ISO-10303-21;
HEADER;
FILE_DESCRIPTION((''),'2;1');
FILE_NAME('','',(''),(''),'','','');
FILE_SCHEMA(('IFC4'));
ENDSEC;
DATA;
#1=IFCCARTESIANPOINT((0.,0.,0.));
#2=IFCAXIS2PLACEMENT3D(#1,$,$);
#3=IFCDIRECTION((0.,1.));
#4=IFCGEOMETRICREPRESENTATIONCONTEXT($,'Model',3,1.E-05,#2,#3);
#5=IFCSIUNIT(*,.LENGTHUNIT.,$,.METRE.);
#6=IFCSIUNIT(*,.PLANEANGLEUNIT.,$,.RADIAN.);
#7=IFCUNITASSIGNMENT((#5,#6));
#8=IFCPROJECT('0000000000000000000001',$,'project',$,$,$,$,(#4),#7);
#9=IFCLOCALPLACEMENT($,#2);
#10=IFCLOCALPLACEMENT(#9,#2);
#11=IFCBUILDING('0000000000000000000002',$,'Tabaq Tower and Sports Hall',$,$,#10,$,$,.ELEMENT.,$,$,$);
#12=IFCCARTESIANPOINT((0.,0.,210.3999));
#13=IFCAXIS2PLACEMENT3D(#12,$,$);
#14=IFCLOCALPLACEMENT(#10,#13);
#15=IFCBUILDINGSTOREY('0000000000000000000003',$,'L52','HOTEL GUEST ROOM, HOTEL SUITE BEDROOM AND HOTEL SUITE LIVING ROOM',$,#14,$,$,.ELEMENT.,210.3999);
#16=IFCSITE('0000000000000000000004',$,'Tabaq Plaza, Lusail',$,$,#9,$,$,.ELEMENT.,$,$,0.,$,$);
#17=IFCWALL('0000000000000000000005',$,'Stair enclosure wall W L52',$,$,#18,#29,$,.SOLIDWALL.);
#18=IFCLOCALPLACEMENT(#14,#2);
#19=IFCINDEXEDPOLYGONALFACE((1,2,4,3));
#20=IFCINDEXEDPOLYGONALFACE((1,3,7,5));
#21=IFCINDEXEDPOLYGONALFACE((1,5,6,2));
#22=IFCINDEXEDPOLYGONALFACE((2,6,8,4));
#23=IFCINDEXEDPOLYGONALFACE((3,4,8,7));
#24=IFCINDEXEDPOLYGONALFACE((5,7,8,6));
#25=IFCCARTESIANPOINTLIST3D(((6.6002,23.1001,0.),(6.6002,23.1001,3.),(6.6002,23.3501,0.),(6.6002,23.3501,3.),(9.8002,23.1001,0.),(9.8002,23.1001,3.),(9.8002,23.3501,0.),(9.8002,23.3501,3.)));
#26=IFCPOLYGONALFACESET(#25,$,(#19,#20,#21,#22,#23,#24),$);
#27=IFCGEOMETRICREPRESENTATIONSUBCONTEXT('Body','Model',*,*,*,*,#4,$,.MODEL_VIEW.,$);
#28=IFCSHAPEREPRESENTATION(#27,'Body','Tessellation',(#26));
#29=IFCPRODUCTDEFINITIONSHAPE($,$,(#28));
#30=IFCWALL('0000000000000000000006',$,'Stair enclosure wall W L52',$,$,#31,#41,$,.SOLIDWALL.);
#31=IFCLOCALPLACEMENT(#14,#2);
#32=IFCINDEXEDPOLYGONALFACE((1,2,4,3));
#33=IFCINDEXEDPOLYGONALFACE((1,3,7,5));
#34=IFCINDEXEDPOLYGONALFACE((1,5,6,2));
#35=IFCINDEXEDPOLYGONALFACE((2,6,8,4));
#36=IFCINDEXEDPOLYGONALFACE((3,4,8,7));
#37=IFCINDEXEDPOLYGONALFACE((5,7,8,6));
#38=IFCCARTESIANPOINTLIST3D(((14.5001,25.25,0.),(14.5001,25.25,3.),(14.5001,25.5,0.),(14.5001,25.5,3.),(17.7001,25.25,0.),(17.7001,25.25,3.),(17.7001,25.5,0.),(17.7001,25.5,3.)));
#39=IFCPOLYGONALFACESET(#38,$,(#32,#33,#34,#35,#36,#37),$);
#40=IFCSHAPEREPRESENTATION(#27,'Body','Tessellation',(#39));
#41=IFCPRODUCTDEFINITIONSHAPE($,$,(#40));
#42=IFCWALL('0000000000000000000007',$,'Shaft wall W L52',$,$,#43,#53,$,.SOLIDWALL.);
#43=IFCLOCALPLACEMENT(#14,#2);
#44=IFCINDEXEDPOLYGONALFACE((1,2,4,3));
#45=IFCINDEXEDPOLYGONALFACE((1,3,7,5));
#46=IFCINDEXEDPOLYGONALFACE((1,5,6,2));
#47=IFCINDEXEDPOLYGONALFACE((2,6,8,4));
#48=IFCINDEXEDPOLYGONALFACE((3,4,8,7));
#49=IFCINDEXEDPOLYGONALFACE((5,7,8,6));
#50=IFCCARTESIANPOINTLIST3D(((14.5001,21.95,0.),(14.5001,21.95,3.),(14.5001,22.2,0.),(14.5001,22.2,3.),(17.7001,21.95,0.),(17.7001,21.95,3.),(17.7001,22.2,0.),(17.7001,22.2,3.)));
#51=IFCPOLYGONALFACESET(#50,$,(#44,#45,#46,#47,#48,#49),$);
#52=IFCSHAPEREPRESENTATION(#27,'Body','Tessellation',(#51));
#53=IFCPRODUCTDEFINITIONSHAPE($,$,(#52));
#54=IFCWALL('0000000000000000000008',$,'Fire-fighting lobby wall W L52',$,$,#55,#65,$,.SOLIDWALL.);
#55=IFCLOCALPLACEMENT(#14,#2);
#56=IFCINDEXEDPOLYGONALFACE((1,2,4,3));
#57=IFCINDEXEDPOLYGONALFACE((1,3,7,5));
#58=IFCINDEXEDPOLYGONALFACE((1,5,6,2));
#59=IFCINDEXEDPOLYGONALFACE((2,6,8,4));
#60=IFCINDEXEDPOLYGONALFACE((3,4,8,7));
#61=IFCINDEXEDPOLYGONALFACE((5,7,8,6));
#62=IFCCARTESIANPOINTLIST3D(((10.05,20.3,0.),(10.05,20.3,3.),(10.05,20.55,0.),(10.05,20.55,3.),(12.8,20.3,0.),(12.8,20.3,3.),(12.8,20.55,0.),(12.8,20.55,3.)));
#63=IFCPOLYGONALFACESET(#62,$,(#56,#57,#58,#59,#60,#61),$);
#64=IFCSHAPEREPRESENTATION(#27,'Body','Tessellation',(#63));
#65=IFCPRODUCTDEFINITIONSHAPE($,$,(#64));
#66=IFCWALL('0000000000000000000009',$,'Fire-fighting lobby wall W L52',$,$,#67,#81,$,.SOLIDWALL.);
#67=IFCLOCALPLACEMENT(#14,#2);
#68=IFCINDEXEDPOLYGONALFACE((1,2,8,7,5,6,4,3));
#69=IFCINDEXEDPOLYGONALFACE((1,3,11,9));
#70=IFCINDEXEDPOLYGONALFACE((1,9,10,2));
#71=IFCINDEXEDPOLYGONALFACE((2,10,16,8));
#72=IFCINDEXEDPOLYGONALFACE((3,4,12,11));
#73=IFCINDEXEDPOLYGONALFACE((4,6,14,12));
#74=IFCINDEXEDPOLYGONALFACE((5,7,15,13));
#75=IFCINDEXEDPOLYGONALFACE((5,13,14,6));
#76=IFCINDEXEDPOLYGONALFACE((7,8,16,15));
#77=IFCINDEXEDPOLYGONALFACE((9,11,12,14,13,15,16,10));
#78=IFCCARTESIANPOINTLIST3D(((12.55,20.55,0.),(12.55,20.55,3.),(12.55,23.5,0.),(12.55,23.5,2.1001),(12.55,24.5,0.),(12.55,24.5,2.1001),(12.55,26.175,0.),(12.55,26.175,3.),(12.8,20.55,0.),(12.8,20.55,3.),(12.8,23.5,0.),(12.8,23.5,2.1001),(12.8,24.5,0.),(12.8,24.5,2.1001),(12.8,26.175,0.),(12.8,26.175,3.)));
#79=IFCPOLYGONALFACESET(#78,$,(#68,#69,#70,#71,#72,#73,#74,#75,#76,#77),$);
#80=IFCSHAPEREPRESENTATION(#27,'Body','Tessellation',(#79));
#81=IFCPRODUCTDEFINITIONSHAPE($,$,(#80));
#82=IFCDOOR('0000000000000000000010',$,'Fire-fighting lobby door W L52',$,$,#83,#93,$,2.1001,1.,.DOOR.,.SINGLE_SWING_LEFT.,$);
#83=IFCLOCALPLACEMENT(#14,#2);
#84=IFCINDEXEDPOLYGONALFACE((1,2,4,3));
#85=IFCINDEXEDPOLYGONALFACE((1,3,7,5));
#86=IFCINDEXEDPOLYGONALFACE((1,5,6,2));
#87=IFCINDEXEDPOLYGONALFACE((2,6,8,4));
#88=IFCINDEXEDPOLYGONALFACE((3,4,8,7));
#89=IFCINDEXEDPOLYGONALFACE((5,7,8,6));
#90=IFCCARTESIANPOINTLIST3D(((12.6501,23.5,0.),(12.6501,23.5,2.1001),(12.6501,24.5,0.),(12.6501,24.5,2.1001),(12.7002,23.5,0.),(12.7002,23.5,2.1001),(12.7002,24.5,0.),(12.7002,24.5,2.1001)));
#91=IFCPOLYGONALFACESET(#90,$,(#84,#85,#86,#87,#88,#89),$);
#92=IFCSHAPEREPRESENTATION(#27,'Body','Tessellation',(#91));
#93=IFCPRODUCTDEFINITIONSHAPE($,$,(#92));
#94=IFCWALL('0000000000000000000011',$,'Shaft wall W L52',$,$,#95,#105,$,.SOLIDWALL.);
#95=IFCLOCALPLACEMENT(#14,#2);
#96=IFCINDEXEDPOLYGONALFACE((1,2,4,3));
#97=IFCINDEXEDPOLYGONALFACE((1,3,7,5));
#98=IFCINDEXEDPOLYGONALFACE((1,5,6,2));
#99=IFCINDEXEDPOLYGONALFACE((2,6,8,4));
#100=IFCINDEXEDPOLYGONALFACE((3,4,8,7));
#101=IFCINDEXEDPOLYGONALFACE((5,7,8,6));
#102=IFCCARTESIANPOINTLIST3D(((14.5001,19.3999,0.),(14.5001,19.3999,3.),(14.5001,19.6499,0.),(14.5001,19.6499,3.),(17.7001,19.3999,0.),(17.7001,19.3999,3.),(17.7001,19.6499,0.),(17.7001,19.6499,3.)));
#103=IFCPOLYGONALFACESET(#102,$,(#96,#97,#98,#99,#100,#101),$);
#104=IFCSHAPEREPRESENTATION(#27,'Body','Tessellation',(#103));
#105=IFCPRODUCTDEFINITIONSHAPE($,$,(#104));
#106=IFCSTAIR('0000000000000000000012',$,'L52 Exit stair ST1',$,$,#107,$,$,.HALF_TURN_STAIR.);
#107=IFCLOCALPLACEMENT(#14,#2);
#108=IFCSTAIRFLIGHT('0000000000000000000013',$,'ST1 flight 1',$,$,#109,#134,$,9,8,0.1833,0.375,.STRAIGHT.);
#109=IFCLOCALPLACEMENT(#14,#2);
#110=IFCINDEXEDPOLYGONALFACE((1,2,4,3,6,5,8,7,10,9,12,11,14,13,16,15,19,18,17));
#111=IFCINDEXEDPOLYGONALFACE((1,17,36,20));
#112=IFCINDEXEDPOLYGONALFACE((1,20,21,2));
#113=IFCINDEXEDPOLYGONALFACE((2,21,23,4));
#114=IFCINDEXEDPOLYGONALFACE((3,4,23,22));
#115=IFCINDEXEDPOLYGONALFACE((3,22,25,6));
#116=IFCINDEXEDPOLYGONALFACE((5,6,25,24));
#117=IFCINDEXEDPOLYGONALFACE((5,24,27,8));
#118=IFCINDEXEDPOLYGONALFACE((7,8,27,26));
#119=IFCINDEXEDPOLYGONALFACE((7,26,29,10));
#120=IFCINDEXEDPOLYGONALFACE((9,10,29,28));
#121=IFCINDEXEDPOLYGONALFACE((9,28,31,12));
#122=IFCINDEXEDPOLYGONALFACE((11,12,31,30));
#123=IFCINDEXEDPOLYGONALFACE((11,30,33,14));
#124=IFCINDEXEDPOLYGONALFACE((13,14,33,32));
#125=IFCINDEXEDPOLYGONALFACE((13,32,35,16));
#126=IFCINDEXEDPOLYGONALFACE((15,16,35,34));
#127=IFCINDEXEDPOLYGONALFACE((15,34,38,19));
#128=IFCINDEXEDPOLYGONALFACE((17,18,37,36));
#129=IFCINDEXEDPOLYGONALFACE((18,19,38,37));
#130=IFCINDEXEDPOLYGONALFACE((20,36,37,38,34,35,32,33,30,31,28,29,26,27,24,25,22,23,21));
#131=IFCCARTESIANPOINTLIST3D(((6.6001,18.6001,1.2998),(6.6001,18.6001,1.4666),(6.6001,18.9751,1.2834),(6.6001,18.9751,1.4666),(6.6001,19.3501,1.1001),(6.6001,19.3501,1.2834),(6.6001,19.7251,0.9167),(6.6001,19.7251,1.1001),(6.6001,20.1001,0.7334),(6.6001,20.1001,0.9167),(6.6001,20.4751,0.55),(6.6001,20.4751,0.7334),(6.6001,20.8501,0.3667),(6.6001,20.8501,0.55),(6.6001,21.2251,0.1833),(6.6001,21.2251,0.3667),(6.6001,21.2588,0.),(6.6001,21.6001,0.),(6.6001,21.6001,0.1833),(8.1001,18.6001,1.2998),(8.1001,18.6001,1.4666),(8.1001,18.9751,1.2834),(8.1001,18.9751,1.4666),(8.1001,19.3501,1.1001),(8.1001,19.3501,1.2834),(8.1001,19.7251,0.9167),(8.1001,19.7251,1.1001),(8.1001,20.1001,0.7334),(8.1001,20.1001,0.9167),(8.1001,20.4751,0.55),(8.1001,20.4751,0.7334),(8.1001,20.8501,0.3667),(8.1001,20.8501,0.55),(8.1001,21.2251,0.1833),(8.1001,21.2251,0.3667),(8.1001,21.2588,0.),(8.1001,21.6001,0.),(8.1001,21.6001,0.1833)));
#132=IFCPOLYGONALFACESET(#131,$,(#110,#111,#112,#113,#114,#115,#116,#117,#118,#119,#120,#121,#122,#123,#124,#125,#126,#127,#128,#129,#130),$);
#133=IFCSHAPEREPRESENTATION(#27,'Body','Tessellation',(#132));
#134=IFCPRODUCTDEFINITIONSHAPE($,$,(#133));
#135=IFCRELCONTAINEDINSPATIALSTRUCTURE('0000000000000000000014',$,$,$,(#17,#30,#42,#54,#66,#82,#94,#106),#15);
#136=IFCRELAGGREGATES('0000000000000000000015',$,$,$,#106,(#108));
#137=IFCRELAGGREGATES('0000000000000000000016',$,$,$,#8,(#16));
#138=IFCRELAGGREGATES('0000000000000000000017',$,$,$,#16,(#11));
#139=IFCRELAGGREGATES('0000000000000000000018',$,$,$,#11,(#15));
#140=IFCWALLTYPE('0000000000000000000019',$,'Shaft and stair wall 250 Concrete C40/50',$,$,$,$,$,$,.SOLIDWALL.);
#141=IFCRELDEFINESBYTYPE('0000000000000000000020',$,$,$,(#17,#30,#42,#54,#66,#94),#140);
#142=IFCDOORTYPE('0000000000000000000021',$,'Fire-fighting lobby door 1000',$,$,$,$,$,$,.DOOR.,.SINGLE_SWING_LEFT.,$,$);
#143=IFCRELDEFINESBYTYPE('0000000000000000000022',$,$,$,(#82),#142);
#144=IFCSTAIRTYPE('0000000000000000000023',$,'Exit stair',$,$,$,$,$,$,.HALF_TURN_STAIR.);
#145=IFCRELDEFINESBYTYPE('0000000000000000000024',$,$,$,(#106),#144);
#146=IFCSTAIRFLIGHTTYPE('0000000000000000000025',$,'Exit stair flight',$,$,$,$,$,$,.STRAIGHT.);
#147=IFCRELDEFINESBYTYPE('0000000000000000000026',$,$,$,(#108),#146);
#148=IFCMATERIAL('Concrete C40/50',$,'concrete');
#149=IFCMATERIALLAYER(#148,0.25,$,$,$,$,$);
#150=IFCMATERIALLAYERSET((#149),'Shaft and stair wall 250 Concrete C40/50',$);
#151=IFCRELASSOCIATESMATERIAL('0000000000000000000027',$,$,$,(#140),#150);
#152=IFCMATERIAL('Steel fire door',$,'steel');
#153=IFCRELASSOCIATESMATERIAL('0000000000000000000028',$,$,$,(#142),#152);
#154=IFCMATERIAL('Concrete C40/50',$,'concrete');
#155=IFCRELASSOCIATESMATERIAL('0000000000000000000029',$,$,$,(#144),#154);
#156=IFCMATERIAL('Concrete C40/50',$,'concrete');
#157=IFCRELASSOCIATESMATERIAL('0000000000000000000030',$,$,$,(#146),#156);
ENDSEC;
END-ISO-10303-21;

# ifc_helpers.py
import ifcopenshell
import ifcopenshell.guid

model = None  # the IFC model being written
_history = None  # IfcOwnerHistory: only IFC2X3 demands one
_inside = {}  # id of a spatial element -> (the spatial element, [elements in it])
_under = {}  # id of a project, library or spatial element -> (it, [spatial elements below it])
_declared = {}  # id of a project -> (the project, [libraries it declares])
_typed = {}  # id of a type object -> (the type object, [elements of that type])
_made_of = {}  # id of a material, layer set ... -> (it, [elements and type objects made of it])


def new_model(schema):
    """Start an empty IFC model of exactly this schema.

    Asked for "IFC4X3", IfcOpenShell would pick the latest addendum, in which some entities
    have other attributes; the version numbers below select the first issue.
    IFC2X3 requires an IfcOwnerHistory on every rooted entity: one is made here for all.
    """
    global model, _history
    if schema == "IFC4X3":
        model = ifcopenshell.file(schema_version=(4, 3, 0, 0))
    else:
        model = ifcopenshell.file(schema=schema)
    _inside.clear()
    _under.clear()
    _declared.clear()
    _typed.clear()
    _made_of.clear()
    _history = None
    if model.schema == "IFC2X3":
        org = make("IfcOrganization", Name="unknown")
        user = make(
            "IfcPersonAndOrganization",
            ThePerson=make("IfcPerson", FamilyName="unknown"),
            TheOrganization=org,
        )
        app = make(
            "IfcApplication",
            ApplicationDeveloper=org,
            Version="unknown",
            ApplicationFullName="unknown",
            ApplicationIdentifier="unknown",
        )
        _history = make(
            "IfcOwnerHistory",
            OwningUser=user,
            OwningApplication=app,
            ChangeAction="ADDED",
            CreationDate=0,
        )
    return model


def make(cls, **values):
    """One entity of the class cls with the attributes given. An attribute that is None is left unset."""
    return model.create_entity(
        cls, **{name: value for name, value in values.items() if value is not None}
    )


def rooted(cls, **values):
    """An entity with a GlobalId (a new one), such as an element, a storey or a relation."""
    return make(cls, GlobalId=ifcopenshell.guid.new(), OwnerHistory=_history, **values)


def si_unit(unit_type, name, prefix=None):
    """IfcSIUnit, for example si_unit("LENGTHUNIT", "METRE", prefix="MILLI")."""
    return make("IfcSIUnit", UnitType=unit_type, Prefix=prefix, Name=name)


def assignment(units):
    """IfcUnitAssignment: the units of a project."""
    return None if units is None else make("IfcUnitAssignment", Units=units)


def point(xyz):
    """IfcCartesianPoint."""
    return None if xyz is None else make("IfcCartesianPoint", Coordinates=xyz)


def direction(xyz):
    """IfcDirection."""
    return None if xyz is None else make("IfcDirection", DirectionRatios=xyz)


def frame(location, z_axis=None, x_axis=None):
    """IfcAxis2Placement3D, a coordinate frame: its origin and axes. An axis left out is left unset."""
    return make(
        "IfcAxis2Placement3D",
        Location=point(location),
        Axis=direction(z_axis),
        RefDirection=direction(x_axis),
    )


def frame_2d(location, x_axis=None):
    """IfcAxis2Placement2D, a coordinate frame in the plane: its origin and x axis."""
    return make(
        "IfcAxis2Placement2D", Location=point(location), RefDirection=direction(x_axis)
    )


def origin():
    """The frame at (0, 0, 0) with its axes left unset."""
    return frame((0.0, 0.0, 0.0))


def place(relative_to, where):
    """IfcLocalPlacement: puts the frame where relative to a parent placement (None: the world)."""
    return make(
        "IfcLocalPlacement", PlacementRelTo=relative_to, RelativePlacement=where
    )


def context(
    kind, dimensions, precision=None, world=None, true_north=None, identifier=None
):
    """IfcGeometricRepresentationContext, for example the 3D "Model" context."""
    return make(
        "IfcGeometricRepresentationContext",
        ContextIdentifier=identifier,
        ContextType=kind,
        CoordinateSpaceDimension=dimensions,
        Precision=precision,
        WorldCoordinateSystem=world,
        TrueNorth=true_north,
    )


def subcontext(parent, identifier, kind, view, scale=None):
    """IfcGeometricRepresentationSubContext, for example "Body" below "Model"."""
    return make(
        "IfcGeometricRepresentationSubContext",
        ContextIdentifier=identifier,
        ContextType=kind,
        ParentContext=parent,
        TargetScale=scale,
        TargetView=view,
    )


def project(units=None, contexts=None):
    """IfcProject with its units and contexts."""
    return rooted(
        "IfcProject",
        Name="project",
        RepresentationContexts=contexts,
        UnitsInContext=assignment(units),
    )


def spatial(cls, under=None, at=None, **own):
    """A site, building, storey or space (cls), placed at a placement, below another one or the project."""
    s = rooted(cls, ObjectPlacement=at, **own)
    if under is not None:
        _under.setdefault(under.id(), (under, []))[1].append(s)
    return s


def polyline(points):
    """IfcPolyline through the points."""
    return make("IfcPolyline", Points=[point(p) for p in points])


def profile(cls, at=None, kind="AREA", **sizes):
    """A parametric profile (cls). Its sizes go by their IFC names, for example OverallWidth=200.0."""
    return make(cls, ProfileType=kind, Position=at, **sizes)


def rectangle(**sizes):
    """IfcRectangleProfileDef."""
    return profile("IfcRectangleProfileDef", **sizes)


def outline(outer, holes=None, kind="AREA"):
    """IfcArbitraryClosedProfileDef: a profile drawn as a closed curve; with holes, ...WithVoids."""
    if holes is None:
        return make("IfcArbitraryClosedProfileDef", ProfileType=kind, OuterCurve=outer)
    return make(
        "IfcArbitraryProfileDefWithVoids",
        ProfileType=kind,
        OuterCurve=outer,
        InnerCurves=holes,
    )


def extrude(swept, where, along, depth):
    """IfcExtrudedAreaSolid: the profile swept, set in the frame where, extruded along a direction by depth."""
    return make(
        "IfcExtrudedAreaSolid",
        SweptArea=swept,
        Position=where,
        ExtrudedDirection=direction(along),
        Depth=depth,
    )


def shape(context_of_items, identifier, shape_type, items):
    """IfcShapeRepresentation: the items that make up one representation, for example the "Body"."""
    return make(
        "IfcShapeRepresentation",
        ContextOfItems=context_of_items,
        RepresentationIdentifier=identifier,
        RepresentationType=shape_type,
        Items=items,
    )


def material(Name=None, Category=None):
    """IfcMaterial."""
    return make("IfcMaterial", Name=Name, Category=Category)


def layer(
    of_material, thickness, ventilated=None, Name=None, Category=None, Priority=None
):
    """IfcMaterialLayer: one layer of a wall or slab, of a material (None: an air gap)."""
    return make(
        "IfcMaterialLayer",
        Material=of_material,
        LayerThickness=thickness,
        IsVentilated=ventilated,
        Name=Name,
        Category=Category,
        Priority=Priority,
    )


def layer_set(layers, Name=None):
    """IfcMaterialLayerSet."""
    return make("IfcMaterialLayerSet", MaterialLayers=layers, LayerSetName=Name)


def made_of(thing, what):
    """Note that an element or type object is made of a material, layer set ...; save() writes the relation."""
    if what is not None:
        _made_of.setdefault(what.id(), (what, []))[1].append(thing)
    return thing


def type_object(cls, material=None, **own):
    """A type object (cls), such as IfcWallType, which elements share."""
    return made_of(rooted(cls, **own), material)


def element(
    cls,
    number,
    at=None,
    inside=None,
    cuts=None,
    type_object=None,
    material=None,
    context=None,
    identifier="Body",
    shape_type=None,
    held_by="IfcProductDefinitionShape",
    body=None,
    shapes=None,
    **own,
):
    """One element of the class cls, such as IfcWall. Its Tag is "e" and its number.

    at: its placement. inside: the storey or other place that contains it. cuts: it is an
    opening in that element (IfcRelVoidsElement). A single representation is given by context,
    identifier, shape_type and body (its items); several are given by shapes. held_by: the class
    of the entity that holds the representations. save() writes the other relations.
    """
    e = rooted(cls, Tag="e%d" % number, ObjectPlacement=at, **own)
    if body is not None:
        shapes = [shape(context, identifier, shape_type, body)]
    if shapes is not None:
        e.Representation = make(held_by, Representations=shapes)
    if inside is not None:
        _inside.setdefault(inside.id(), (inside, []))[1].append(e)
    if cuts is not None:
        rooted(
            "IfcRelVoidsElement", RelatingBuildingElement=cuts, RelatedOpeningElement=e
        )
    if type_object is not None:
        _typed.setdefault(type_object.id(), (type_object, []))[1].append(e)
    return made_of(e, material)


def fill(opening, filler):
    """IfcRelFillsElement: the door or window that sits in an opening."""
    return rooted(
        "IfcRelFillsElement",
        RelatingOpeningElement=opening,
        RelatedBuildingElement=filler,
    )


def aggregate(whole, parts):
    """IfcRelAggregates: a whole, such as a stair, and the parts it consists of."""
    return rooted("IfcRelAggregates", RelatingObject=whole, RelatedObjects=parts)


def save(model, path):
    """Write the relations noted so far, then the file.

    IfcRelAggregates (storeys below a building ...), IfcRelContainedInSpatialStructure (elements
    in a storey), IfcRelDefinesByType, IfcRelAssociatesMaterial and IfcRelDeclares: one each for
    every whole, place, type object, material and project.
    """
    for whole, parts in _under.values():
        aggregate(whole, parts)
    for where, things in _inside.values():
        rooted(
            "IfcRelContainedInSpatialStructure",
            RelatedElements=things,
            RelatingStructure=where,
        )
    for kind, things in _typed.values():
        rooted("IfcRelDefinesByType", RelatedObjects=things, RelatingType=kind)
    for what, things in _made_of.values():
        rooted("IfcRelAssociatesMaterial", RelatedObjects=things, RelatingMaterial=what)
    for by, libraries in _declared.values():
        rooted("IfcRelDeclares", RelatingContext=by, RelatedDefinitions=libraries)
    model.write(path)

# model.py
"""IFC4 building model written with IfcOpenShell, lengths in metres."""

from ifc_helpers import new_model, si_unit, direction, frame, frame_2d, origin, place, context, subcontext, project, spatial, polyline, rectangle, outline, extrude, material, layer, layer_set, type_object, element, fill, aggregate, save


model = new_model("IFC4")

# Units and contexts
model_context = context("Model", 3, precision=1e-05, world=origin(), true_north=direction((0.0, 1.0)))
body_context = subcontext(model_context, "Body", "Model", "MODEL_VIEW")
ifc_project = project(units=[si_unit("LENGTHUNIT", "METRE"), si_unit("PLANEANGLEUNIT", "RADIAN")], contexts=[model_context])

# Site, building, storey
site_placement = place(None, origin())
site = spatial("IfcSite", under=ifc_project, at=site_placement, Name="Tabaq Plaza, Lusail", CompositionType="ELEMENT", RefElevation=0.0)
building_placement = place(site_placement, origin())
building = spatial("IfcBuilding", under=site, at=building_placement, Name="Tabaq Tower and Sports Hall", CompositionType="ELEMENT")
storey_placement = place(building_placement, frame((0.0, 0.0, 210.3999)))
storey = spatial("IfcBuildingStorey", under=building, at=storey_placement, Name="L52", Description="HOTEL GUEST ROOM, HOTEL SUITE BEDROOM AND HOTEL SUITE LIVING ROOM", CompositionType="ELEMENT", Elevation=210.3999)

# Walls
ifc_material_1 = material(Name="Concrete C40/50", Category="concrete")
ifc_layer = layer(ifc_material_1, 0.25)
ifc_layer_set = layer_set([ifc_layer], Name="Shaft and stair wall 250 Concrete C40/50")
wall_type = type_object("IfcWallType", Name="Shaft and stair wall 250 Concrete C40/50", PredefinedType="SOLIDWALL", material=ifc_layer_set)
for number, where, z_axis, x_axis, name in (
    (1, (6.6001, 23.2251, 0.0), (0.0, 0.0, 1.0), (1.0, 0.0, 0.0), "Stair enclosure wall W L52"),
    (2, (14.5, 25.375, 0.0), (0.0, 0.0, 1.0), (1.0, 0.0, 0.0), "Stair enclosure wall W L52"),
    (3, (14.5, 22.075, 0.0), (0.0, 0.0, 1.0), (1.0, 0.0, 0.0), "Shaft wall W L52"),
):
    element("IfcWall", number, at=place(storey_placement, frame(where, z_axis=z_axis, x_axis=x_axis)), inside=storey, type_object=wall_type, Name=name, PredefinedType="SOLIDWALL", context=body_context, shape_type="SweptSolid", body=[
        extrude(rectangle(XDim=3.2, YDim=0.25, at=frame_2d((1.6001, 0.0))), origin(), (0.0, 0.0, 1.0), 3.0),
    ])
wall_1_placement = place(storey_placement, frame((10.05, 20.425, 0.0), z_axis=(0.0, 0.0, 1.0), x_axis=(1.0, 0.0, 0.0)))
element("IfcWall", 4, at=wall_1_placement, inside=storey, type_object=wall_type, Name="Fire-fighting lobby wall W L52", PredefinedType="SOLIDWALL", context=body_context, shape_type="SweptSolid", body=[
    extrude(rectangle(XDim=2.75, YDim=0.25, at=frame_2d((1.375, 0.0))), origin(), (0.0, 0.0, 1.0), 3.0),
])

# Wall, opening, door
wall_2_placement = place(storey_placement, frame((12.675, 20.55, 0.0), z_axis=(0.0, 0.0, 1.0), x_axis=(0.0, 1.0, 0.0)))
wall_2 = element("IfcWall", 5, at=wall_2_placement, inside=storey, type_object=wall_type, Name="Fire-fighting lobby wall W L52", PredefinedType="SOLIDWALL", context=body_context, shape_type="SweptSolid", body=[
    extrude(rectangle(XDim=5.625, YDim=0.25, at=frame_2d((2.8125, 0.0))), origin(), (0.0, 0.0, 1.0), 3.0),
])
opening_placement = place(wall_2_placement, frame((2.95, 0.0, 0.0)))
opening = element("IfcOpeningElement", 6, at=opening_placement, cuts=wall_2, PredefinedType="OPENING", context=body_context, shape_type="SweptSolid", body=[
    extrude(rectangle(XDim=1.0, YDim=2.1001, at=frame_2d((0.5, 1.05))), frame((0.0, 0.125, 0.0), z_axis=(0.0, -1.0, 0.0), x_axis=(1.0, 0.0, 0.0)), (0.0, 0.0, 1.0), 0.25),
])
ifc_material_2 = material(Name="Steel fire door", Category="steel")
door_type = type_object("IfcDoorType", Name="Fire-fighting lobby door 1000", OperationType="SINGLE_SWING_LEFT", PredefinedType="DOOR", material=ifc_material_2)
door_placement = place(opening_placement, origin())
door = element("IfcDoor", 7, at=door_placement, inside=storey, type_object=door_type, Name="Fire-fighting lobby door W L52", OperationType="SINGLE_SWING_LEFT", OverallHeight=2.1001, OverallWidth=1.0, PredefinedType="DOOR", context=body_context, shape_type="SweptSolid", body=[
    extrude(rectangle(XDim=1.0, YDim=2.1001, at=frame_2d((0.5, 1.05))), frame((0.0, 0.0249, 0.0), z_axis=(0.0, -1.0, 0.0), x_axis=(1.0, 0.0, 0.0)), (0.0, 0.0, 1.0), 0.05),
])
fill(opening, door)

# Wall
wall_3_placement = place(storey_placement, frame((14.5, 19.5249, 0.0), z_axis=(0.0, 0.0, 1.0), x_axis=(1.0, 0.0, 0.0)))
element("IfcWall", 8, at=wall_3_placement, inside=storey, type_object=wall_type, Name="Shaft wall W L52", PredefinedType="SOLIDWALL", context=body_context, shape_type="SweptSolid", body=[
    extrude(rectangle(XDim=3.2, YDim=0.25, at=frame_2d((1.6001, 0.0))), origin(), (0.0, 0.0, 1.0), 3.0),
])

# Stair, stair flight
ifc_material_3 = material(Name="Concrete C40/50", Category="concrete")
stair_type = type_object("IfcStairType", Name="Exit stair", PredefinedType="HALF_TURN_STAIR", material=ifc_material_3)
stair_placement = place(storey_placement, origin())
stair = element("IfcStair", 9, at=stair_placement, inside=storey, type_object=stair_type, Name="L52 Exit stair ST1", PredefinedType="HALF_TURN_STAIR")
ifc_material_4 = material(Name="Concrete C40/50", Category="concrete")
stair_flight_type = type_object("IfcStairFlightType", Name="Exit stair flight", PredefinedType="STRAIGHT", material=ifc_material_4)
stair_flight_placement = place(storey_placement, frame((7.3501, 21.6001, 0.0), z_axis=(0.0, 0.0, 1.0), x_axis=(0.0, -1.0, 0.0)))
stair_flight = element("IfcStairFlight", 10, at=stair_flight_placement, type_object=stair_flight_type, Name="ST1 flight 1", NumberOfRisers=9, NumberOfTreads=8, PredefinedType="STRAIGHT", RiserHeight=0.1833, TreadLength=0.375, context=body_context, shape_type="SweptSolid", body=[
    extrude(outline(polyline([(0.0, 0.0), (0.0, 0.1833), (0.375, 0.1833), (0.375, 0.3667), (0.75, 0.3667), (0.75, 0.55), (1.125, 0.55), (1.125, 0.7334), (1.5, 0.7334), (1.5, 0.9167), (1.875, 0.9167), (1.875, 1.1001), (2.25, 1.1001), (2.25, 1.2834), (2.625, 1.2834), (2.625, 1.4666), (3.0, 1.4666), (3.0, 1.6499), (3.0, 1.2998), (0.3413, 0.0), (0.0, 0.0)])), frame((0.0, 0.75, 0.0), z_axis=(0.0, -1.0, 0.0), x_axis=(1.0, 0.0, 0.0)), (0.0, 0.0, 1.0), 1.5),
])
aggregate(stair, [stair_flight])

save(model, "model.ifc")
